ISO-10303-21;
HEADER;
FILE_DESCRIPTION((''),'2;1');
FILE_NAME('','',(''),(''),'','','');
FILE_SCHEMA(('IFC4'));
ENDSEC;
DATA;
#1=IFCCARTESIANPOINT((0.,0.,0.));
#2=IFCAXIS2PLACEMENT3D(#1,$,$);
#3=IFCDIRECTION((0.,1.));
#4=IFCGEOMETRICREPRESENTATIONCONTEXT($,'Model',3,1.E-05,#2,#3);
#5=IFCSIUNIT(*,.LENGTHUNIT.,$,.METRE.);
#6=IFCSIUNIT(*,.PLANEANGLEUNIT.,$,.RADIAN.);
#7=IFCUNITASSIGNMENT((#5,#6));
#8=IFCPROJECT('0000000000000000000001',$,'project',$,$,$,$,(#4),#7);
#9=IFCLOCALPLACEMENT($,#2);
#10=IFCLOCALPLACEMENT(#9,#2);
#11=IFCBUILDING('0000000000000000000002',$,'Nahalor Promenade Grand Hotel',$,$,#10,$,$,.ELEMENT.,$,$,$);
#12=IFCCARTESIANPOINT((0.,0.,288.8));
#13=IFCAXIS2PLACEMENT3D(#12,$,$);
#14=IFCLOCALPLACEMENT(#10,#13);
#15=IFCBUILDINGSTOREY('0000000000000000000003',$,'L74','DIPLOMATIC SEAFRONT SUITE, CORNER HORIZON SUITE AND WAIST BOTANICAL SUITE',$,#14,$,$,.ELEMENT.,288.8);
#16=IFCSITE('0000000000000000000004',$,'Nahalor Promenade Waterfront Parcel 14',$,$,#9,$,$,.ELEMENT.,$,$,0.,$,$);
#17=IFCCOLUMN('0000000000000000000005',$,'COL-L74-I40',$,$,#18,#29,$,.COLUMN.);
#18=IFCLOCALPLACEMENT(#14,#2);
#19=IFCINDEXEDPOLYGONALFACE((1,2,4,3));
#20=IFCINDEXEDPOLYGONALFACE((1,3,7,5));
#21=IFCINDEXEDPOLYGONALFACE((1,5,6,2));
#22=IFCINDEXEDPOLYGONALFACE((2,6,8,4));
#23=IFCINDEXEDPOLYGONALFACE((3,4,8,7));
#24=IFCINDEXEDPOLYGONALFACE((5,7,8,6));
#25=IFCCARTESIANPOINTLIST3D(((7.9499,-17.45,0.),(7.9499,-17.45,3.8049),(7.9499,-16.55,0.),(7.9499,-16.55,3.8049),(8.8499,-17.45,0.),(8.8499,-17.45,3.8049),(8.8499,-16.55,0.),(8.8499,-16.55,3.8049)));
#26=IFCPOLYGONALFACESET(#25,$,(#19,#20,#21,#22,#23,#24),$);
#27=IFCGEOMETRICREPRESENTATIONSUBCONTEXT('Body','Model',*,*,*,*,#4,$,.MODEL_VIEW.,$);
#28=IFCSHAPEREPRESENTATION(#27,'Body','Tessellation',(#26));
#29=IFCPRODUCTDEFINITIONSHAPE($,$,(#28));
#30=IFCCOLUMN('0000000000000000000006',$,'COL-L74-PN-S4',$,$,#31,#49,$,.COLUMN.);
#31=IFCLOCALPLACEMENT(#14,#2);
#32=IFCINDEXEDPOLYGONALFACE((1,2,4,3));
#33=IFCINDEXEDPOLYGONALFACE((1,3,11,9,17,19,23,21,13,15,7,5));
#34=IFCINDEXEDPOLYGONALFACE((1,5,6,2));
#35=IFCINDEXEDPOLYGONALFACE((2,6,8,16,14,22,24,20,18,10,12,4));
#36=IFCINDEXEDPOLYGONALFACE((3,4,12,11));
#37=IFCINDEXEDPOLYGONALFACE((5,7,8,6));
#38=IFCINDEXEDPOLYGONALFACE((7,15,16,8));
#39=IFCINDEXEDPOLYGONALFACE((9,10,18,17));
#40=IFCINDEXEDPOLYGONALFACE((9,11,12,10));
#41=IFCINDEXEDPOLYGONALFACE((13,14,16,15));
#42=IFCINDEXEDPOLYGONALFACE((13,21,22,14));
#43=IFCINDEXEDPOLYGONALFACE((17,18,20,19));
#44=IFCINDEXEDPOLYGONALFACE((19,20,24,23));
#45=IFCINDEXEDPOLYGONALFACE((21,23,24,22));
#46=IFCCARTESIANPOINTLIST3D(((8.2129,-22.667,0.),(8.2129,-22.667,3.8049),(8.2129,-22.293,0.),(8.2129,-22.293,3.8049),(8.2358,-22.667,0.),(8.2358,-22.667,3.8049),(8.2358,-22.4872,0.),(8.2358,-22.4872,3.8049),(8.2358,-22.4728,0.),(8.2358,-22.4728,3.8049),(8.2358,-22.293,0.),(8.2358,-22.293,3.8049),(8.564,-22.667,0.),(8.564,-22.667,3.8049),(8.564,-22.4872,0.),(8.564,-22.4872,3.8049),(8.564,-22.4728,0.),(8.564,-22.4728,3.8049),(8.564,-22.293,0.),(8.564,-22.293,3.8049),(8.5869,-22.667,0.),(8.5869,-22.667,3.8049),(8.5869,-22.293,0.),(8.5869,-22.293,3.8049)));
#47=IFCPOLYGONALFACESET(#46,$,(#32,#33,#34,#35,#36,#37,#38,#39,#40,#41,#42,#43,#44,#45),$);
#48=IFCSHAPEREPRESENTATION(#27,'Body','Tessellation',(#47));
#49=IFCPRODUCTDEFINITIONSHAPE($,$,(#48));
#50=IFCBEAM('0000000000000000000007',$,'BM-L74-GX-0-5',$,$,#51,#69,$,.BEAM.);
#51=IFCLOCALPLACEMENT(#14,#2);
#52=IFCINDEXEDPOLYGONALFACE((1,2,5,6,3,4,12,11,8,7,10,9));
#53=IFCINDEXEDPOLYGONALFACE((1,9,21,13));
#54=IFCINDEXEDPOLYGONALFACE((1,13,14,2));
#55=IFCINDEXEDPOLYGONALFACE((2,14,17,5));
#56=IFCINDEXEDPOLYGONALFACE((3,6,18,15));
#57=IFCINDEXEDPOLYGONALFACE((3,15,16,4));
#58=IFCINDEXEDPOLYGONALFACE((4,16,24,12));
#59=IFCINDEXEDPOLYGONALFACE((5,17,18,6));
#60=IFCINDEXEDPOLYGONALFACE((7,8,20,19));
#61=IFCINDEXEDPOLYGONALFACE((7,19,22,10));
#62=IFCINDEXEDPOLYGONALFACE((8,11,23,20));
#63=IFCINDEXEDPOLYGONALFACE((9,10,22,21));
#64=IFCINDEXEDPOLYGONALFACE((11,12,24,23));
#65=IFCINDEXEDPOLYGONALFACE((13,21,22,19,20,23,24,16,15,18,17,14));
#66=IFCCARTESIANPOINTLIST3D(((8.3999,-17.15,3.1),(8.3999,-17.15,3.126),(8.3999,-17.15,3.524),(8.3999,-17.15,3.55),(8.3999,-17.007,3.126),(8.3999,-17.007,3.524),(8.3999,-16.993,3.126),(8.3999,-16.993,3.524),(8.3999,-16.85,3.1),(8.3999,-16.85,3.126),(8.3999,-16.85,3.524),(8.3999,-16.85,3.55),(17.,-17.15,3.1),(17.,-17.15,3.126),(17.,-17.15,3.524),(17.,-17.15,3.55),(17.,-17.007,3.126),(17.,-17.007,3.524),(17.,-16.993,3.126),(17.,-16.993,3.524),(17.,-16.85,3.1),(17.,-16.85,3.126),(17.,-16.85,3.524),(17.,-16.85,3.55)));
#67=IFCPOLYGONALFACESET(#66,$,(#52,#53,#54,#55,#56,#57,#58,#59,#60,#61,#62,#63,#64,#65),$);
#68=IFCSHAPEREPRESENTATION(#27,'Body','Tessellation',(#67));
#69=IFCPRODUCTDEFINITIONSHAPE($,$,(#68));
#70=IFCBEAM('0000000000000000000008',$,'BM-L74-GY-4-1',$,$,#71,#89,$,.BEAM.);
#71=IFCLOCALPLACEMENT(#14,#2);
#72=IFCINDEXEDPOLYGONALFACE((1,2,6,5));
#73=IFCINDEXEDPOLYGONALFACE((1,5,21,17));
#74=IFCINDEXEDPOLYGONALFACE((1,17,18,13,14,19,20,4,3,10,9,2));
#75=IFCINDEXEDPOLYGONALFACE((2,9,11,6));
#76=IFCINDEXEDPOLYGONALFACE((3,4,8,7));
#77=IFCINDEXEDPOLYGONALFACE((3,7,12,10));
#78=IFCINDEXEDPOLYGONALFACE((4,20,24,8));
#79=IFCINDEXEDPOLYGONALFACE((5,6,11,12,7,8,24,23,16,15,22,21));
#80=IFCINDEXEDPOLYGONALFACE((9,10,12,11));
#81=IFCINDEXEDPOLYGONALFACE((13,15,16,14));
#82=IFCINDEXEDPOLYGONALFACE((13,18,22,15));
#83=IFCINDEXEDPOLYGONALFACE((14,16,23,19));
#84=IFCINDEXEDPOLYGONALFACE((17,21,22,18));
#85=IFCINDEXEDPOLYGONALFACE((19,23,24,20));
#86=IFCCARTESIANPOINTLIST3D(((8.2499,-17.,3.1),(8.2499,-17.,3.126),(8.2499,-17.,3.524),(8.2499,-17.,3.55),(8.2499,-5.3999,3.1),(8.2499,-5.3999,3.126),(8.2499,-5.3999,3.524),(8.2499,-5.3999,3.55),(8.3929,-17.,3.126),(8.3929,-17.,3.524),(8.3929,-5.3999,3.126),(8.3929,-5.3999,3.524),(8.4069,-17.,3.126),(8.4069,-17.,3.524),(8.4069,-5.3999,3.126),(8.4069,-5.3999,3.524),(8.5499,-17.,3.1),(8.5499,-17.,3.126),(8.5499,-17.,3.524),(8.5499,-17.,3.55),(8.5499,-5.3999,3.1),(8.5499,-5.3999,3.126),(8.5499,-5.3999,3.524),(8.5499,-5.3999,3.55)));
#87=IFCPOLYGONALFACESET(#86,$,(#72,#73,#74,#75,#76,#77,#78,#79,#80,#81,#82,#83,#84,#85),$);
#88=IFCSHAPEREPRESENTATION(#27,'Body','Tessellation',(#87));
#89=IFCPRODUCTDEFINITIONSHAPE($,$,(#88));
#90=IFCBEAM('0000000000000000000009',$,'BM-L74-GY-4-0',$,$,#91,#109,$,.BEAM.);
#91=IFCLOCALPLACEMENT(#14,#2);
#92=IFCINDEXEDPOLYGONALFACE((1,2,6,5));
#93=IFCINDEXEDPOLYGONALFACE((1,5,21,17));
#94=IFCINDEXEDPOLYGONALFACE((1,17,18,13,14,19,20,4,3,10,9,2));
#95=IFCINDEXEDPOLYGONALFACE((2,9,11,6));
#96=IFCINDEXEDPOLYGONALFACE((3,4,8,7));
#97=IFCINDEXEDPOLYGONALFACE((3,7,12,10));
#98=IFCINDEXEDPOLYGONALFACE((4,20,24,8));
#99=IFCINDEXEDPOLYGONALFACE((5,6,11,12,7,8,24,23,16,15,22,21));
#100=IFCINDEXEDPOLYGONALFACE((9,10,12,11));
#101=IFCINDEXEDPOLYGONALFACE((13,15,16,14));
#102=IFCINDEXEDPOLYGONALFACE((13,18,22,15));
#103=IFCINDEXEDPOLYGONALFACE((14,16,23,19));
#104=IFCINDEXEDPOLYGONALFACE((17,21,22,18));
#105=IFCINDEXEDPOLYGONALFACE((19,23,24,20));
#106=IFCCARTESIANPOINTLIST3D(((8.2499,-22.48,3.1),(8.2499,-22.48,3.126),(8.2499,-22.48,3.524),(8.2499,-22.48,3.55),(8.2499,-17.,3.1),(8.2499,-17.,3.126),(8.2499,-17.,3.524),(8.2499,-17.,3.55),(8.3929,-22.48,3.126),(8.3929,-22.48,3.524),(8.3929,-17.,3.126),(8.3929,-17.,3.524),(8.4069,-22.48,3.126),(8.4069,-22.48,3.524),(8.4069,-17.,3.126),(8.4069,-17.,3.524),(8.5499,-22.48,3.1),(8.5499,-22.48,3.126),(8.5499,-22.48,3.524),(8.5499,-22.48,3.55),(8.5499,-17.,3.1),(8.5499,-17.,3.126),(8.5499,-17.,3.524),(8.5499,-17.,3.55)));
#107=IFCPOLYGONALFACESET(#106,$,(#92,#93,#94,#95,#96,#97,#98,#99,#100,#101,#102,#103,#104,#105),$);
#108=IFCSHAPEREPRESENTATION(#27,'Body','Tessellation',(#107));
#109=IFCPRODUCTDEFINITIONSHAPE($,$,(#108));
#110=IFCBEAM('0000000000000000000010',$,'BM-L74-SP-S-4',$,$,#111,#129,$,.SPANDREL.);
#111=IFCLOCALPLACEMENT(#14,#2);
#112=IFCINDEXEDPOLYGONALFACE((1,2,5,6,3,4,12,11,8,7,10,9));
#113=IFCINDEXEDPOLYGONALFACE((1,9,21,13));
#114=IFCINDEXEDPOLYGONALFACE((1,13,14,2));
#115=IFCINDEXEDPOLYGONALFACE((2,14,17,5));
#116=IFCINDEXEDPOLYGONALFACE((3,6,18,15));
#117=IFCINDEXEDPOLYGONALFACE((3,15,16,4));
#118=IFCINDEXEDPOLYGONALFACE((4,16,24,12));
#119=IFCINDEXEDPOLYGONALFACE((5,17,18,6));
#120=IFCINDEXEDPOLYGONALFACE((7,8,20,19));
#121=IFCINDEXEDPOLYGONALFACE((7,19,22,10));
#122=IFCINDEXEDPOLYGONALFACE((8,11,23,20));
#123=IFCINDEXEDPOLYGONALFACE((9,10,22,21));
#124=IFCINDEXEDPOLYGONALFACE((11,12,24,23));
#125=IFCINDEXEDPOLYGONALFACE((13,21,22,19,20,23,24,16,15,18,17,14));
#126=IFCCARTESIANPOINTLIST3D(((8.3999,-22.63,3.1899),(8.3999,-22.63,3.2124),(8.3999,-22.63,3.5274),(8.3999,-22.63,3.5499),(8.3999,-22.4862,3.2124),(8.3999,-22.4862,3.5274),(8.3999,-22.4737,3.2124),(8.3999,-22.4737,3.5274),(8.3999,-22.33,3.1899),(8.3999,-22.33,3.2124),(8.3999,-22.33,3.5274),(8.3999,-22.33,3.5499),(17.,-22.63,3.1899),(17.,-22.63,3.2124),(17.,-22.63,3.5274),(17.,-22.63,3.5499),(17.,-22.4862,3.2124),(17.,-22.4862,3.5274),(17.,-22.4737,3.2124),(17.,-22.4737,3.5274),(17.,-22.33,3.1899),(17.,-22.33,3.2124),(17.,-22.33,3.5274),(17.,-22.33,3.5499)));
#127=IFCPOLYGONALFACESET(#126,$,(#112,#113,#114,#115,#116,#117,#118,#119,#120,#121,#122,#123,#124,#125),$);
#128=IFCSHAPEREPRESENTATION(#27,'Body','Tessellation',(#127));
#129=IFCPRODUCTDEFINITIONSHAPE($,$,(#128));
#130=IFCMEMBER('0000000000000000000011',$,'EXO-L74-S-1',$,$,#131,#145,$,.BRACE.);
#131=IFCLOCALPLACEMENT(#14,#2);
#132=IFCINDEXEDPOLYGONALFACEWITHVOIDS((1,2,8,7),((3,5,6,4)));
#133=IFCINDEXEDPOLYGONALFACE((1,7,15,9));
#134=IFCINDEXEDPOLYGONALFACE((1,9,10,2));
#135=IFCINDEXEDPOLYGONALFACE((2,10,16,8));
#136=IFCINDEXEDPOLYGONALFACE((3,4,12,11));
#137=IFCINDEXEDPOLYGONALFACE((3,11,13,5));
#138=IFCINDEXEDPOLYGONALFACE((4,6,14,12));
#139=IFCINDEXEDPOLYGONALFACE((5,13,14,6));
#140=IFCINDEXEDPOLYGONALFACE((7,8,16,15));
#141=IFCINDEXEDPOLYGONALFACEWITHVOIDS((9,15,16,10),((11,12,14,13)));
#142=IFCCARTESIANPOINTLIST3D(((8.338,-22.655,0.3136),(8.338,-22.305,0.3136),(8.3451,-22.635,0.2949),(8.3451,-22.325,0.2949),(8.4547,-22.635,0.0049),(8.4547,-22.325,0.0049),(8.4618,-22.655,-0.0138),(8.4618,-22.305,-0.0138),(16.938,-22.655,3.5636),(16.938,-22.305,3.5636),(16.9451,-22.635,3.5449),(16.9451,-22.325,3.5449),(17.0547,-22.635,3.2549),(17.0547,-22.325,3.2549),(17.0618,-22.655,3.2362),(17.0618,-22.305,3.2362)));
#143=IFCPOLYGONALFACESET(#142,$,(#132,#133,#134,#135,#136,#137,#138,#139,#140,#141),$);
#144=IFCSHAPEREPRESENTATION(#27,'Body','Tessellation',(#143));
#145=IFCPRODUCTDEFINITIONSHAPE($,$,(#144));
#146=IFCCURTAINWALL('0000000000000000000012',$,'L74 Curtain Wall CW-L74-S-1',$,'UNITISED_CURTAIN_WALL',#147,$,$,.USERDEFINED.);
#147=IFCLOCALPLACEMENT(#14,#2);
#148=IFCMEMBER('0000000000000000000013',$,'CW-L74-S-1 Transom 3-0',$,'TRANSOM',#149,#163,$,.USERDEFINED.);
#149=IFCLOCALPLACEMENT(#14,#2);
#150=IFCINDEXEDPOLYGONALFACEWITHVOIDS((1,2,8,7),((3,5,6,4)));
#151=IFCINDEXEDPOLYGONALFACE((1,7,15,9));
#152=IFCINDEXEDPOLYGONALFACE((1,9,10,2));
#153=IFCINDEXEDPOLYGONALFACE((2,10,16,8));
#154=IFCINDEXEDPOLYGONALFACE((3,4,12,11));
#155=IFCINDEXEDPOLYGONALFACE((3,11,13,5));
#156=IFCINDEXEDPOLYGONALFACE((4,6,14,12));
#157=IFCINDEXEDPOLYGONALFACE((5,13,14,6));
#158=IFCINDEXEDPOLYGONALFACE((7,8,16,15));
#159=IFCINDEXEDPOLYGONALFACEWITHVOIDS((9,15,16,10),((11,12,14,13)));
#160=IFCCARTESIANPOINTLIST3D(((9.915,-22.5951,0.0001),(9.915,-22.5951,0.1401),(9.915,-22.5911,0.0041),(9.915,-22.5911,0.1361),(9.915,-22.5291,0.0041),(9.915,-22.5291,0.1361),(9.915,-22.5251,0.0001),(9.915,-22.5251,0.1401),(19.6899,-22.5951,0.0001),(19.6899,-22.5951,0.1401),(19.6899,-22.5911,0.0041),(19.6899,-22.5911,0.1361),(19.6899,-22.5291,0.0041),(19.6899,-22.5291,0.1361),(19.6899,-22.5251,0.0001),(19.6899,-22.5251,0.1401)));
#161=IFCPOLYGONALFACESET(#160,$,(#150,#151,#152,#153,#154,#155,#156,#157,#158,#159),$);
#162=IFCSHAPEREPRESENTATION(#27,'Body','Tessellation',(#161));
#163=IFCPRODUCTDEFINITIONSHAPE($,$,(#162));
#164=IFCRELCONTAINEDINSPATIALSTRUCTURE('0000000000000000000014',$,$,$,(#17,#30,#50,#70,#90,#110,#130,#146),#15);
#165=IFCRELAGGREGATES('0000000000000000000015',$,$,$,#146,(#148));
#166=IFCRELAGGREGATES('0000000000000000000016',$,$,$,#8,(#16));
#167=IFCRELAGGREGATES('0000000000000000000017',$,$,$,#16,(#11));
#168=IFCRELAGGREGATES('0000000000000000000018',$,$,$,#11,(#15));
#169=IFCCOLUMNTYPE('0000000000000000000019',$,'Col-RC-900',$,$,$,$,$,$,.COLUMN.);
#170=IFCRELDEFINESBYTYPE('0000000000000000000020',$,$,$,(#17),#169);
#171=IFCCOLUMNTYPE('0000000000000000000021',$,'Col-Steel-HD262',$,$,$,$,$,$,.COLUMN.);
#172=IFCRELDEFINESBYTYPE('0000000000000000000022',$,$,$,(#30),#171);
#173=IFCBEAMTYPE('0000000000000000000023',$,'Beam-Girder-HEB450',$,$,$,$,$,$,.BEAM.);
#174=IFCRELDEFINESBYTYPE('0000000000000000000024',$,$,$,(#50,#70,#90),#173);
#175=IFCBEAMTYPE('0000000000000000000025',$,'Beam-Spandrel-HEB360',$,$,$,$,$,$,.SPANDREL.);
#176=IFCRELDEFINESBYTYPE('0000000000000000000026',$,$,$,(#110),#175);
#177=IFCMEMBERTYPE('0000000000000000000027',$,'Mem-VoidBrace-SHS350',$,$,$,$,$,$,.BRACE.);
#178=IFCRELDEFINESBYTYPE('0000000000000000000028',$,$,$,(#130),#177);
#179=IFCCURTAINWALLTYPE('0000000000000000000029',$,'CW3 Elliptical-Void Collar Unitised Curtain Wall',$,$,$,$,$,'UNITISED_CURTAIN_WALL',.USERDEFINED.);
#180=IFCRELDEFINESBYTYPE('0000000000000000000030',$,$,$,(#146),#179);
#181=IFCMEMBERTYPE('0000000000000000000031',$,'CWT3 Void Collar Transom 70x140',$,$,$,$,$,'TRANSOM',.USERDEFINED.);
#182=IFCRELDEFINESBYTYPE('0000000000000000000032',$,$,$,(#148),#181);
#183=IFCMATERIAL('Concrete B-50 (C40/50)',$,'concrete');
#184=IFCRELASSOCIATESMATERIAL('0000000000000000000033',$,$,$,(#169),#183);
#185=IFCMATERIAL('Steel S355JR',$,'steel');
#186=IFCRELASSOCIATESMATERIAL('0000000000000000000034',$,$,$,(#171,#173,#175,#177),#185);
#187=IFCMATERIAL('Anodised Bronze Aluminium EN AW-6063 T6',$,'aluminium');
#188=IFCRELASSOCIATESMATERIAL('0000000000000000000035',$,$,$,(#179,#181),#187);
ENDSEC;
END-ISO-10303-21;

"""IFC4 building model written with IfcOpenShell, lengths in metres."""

from ifc_helpers import new_model, si_unit, direction, frame, origin, origin_2d, place, context, subcontext, project, spatial, rectangle, hollow_rectangle, i_section, extrude, source, transform, mapped, material, material_profile, profile_set, type_object, element, aggregate, save


model = new_model("IFC4")

# Units and contexts
model_context = context("Model", 3, precision=1e-05, world=origin(), true_north=direction((0.0, 1.0)))
body_context = subcontext(model_context, "Body", "Model", "MODEL_VIEW")
ifc_project = project(units=[si_unit("LENGTHUNIT", "METRE"), si_unit("PLANEANGLEUNIT", "RADIAN")], contexts=[model_context])

# Site, building, storey
site_placement = place(None, origin())
site = spatial("IfcSite", under=ifc_project, at=site_placement, Name="Nahalor Promenade Waterfront Parcel 14", CompositionType="ELEMENT", RefElevation=0.0)
building_placement = place(site_placement, origin())
building = spatial("IfcBuilding", under=site, at=building_placement, Name="Nahalor Promenade Grand Hotel", CompositionType="ELEMENT")
storey_placement = place(building_placement, frame((0.0, 0.0, 288.8)))
storey = spatial("IfcBuildingStorey", under=building, at=storey_placement, Name="L74", Description="DIPLOMATIC SEAFRONT SUITE, CORNER HORIZON SUITE AND WAIST BOTANICAL SUITE", CompositionType="ELEMENT", Elevation=288.8)

# Columns
ifc_material_1 = material(Name="Concrete B-50 (C40/50)", Category="concrete")
ifc_material_profile_1 = material_profile(ifc_material_1, rectangle(XDim=0.9, YDim=0.9, at=origin_2d()), Name="RC 900x900")
ifc_profile_set_1 = profile_set([ifc_material_profile_1], Name="Concrete B-50 (C40/50)")
column_type_1 = type_object("IfcColumnType", Name="Col-RC-900", PredefinedType="COLUMN", material=ifc_profile_set_1)
shared_shape_1 = source(origin(), body_context, "Body", "SweptSolid", [
    extrude(rectangle(XDim=0.9, YDim=0.9, at=origin_2d()), origin(), (0.0, 0.0, 1.0), 3.8049),
])
column_1_placement = place(storey_placement, frame((8.3999, -17.0, 0.0), z_axis=(0.0, 0.0, 1.0), x_axis=(1.0, 0.0, 0.0)))
element("IfcColumn", 1, at=column_1_placement, inside=storey, type_object=column_type_1, Name="COL-L74-I40", PredefinedType="COLUMN", context=body_context, shape_type="MappedRepresentation", body=[
    mapped(shared_shape_1, transform((0.0, 0.0, 0.0), scale=1.0)),
])
ifc_material_2 = material(Name="Steel S355JR", Category="steel")
ifc_material_profile_2 = material_profile(ifc_material_2, i_section(OverallWidth=0.374, OverallDepth=0.374, WebThickness=0.0144, FlangeThickness=0.0229, at=origin_2d()), Name="HD 360x262")
ifc_profile_set_2 = profile_set([ifc_material_profile_2], Name="Steel S355JR")
column_type_2 = type_object("IfcColumnType", Name="Col-Steel-HD262", PredefinedType="COLUMN", material=ifc_profile_set_2)
shared_shape_2 = source(origin(), body_context, "Body", "SweptSolid", [
    extrude(i_section(OverallWidth=0.374, OverallDepth=0.374, WebThickness=0.0144, FlangeThickness=0.0229, at=origin_2d()), origin(), (0.0, 0.0, 1.0), 3.8049),
])
column_2_placement = place(storey_placement, frame((8.3999, -22.48, 0.0), z_axis=(0.0, 0.0, 1.0), x_axis=(0.0, 1.0, 0.0)))
element("IfcColumn", 2, at=column_2_placement, inside=storey, type_object=column_type_2, Name="COL-L74-PN-S4", PredefinedType="COLUMN", context=body_context, shape_type="MappedRepresentation", body=[
    mapped(shared_shape_2, transform((0.0, 0.0, 0.0), scale=1.0)),
])

# Beams
ifc_material_profile_3 = material_profile(ifc_material_2, i_section(OverallWidth=0.3, OverallDepth=0.45, WebThickness=0.014, FlangeThickness=0.026, at=origin_2d()), Name="HEB 450")
ifc_profile_set_3 = profile_set([ifc_material_profile_3], Name="Steel S355JR")
beam_type_1 = type_object("IfcBeamType", Name="Beam-Girder-HEB450", PredefinedType="BEAM", material=ifc_profile_set_3)
shared_shape_3 = source(origin(), body_context, "Body", "SweptSolid", [
    extrude(i_section(OverallWidth=0.3, OverallDepth=0.45, WebThickness=0.014, FlangeThickness=0.026, at=origin_2d()), origin(), (0.0, 0.0, 1.0), 8.6001),
])
beam_1_placement = place(storey_placement, frame((8.3999, -17.0, 3.325), z_axis=(1.0, 0.0, 0.0), x_axis=(0.0, 1.0, 0.0)))
element("IfcBeam", 3, at=beam_1_placement, inside=storey, type_object=beam_type_1, Name="BM-L74-GX-0-5", PredefinedType="BEAM", context=body_context, shape_type="MappedRepresentation", body=[
    mapped(shared_shape_3, transform((0.0, 0.0, 0.0), scale=1.0)),
])
shared_shape_4 = source(origin(), body_context, "Body", "SweptSolid", [
    extrude(i_section(OverallWidth=0.3, OverallDepth=0.45, WebThickness=0.014, FlangeThickness=0.026, at=origin_2d()), origin(), (0.0, 0.0, 1.0), 11.6001),
])
beam_2_placement = place(storey_placement, frame((8.3999, -17.0, 3.325), z_axis=(0.0, 1.0, 0.0), x_axis=(-1.0, 0.0, 0.0)))
element("IfcBeam", 4, at=beam_2_placement, inside=storey, type_object=beam_type_1, Name="BM-L74-GY-4-1", PredefinedType="BEAM", context=body_context, shape_type="MappedRepresentation", body=[
    mapped(shared_shape_4, transform((0.0, 0.0, 0.0), scale=1.0)),
])
shared_shape_5 = source(origin(), body_context, "Body", "SweptSolid", [
    extrude(i_section(OverallWidth=0.3, OverallDepth=0.45, WebThickness=0.014, FlangeThickness=0.026, at=origin_2d()), origin(), (0.0, 0.0, 1.0), 5.48),
])
beam_3_placement = place(storey_placement, frame((8.3999, -22.48, 3.325), z_axis=(0.0, 1.0, 0.0), x_axis=(-1.0, 0.0, 0.0)))
element("IfcBeam", 5, at=beam_3_placement, inside=storey, type_object=beam_type_1, Name="BM-L74-GY-4-0", PredefinedType="BEAM", context=body_context, shape_type="MappedRepresentation", body=[
    mapped(shared_shape_5, transform((0.0, 0.0, 0.0), scale=1.0)),
])
ifc_material_profile_4 = material_profile(ifc_material_2, i_section(OverallWidth=0.3, OverallDepth=0.36, WebThickness=0.0125, FlangeThickness=0.0225, at=origin_2d()), Name="HEB 360")
ifc_profile_set_4 = profile_set([ifc_material_profile_4], Name="Steel S355JR")
beam_type_2 = type_object("IfcBeamType", Name="Beam-Spandrel-HEB360", PredefinedType="SPANDREL", material=ifc_profile_set_4)
shared_shape_6 = source(origin(), body_context, "Body", "SweptSolid", [
    extrude(i_section(OverallWidth=0.3, OverallDepth=0.36, WebThickness=0.0125, FlangeThickness=0.0225, at=origin_2d()), origin(), (0.0, 0.0, 1.0), 8.6001),
])
beam_4_placement = place(storey_placement, frame((8.3999, -22.48, 3.3699), z_axis=(1.0, 0.0, 0.0), x_axis=(0.0, 1.0, 0.0)))
element("IfcBeam", 6, at=beam_4_placement, inside=storey, type_object=beam_type_2, Name="BM-L74-SP-S-4", PredefinedType="SPANDREL", context=body_context, shape_type="MappedRepresentation", body=[
    mapped(shared_shape_6, transform((0.0, 0.0, 0.0), scale=1.0)),
])

# Member
ifc_material_profile_5 = material_profile(ifc_material_2, hollow_rectangle(XDim=0.35, YDim=0.35, WallThickness=0.02, at=origin_2d()), Name="SHS 350x350x20")
ifc_profile_set_5 = profile_set([ifc_material_profile_5], Name="Steel S355JR")
member_type_1 = type_object("IfcMemberType", Name="Mem-VoidBrace-SHS350", PredefinedType="BRACE", material=ifc_profile_set_5)
shared_shape_7 = source(origin(), body_context, "Body", "SweptSolid", [
    extrude(hollow_rectangle(XDim=0.35, YDim=0.35, WallThickness=0.02, at=origin_2d()), origin(), (0.0, 0.0, 1.0), 9.1936),
])
member_1_placement = place(storey_placement, frame((8.3999, -22.48, 0.1499), z_axis=(0.935433, 0.0, 0.353503), x_axis=(0.0, 1.0, 0.0)))
element("IfcMember", 7, at=member_1_placement, inside=storey, type_object=member_type_1, Name="EXO-L74-S-1", PredefinedType="BRACE", context=body_context, shape_type="MappedRepresentation", body=[
    mapped(shared_shape_7, transform((0.0, 0.0, 0.0), scale=1.0)),
])

# Curtain wall, member
ifc_material_3 = material(Name="Anodised Bronze Aluminium EN AW-6063 T6", Category="aluminium")
curtain_wall_type = type_object("IfcCurtainWallType", Name="CW3 Elliptical-Void Collar Unitised Curtain Wall", ElementType="UNITISED_CURTAIN_WALL", PredefinedType="USERDEFINED", material=ifc_material_3)
curtain_wall_placement = place(storey_placement, origin())
curtain_wall = element("IfcCurtainWall", 8, at=curtain_wall_placement, inside=storey, type_object=curtain_wall_type, Name="L74 Curtain Wall CW-L74-S-1", ObjectType="UNITISED_CURTAIN_WALL", PredefinedType="USERDEFINED")
ifc_material_profile_6 = material_profile(ifc_material_3, hollow_rectangle(XDim=0.07, YDim=0.14, WallThickness=0.004, at=origin_2d()), Name="CWT 70x140x4")
ifc_profile_set_6 = profile_set([ifc_material_profile_6], Name="Anodised Bronze Aluminium EN AW-6063 T6")
member_type_2 = type_object("IfcMemberType", Name="CWT3 Void Collar Transom 70x140", ElementType="TRANSOM", PredefinedType="USERDEFINED", material=ifc_profile_set_6)
shared_shape_8 = source(origin(), body_context, "Body", "SweptSolid", [
    extrude(hollow_rectangle(XDim=0.07, YDim=0.14, WallThickness=0.004, at=origin_2d()), origin(), (0.0, 0.0, 1.0), 9.7749),
])
member_2_placement = place(storey_placement, frame((9.915, -22.5601, 0.0701), z_axis=(1.0, 0.0, 0.0), x_axis=(0.0, 1.0, 0.0)))
member_2 = element("IfcMember", 9, at=member_2_placement, type_object=member_type_2, Name="CW-L74-S-1 Transom 3-0", ObjectType="TRANSOM", PredefinedType="USERDEFINED", context=body_context, shape_type="MappedRepresentation", body=[
    mapped(shared_shape_8, transform((0.0, 0.0, 0.0), scale=1.0)),
])
aggregate(curtain_wall, [member_2])

save(model, "model.ifc")
